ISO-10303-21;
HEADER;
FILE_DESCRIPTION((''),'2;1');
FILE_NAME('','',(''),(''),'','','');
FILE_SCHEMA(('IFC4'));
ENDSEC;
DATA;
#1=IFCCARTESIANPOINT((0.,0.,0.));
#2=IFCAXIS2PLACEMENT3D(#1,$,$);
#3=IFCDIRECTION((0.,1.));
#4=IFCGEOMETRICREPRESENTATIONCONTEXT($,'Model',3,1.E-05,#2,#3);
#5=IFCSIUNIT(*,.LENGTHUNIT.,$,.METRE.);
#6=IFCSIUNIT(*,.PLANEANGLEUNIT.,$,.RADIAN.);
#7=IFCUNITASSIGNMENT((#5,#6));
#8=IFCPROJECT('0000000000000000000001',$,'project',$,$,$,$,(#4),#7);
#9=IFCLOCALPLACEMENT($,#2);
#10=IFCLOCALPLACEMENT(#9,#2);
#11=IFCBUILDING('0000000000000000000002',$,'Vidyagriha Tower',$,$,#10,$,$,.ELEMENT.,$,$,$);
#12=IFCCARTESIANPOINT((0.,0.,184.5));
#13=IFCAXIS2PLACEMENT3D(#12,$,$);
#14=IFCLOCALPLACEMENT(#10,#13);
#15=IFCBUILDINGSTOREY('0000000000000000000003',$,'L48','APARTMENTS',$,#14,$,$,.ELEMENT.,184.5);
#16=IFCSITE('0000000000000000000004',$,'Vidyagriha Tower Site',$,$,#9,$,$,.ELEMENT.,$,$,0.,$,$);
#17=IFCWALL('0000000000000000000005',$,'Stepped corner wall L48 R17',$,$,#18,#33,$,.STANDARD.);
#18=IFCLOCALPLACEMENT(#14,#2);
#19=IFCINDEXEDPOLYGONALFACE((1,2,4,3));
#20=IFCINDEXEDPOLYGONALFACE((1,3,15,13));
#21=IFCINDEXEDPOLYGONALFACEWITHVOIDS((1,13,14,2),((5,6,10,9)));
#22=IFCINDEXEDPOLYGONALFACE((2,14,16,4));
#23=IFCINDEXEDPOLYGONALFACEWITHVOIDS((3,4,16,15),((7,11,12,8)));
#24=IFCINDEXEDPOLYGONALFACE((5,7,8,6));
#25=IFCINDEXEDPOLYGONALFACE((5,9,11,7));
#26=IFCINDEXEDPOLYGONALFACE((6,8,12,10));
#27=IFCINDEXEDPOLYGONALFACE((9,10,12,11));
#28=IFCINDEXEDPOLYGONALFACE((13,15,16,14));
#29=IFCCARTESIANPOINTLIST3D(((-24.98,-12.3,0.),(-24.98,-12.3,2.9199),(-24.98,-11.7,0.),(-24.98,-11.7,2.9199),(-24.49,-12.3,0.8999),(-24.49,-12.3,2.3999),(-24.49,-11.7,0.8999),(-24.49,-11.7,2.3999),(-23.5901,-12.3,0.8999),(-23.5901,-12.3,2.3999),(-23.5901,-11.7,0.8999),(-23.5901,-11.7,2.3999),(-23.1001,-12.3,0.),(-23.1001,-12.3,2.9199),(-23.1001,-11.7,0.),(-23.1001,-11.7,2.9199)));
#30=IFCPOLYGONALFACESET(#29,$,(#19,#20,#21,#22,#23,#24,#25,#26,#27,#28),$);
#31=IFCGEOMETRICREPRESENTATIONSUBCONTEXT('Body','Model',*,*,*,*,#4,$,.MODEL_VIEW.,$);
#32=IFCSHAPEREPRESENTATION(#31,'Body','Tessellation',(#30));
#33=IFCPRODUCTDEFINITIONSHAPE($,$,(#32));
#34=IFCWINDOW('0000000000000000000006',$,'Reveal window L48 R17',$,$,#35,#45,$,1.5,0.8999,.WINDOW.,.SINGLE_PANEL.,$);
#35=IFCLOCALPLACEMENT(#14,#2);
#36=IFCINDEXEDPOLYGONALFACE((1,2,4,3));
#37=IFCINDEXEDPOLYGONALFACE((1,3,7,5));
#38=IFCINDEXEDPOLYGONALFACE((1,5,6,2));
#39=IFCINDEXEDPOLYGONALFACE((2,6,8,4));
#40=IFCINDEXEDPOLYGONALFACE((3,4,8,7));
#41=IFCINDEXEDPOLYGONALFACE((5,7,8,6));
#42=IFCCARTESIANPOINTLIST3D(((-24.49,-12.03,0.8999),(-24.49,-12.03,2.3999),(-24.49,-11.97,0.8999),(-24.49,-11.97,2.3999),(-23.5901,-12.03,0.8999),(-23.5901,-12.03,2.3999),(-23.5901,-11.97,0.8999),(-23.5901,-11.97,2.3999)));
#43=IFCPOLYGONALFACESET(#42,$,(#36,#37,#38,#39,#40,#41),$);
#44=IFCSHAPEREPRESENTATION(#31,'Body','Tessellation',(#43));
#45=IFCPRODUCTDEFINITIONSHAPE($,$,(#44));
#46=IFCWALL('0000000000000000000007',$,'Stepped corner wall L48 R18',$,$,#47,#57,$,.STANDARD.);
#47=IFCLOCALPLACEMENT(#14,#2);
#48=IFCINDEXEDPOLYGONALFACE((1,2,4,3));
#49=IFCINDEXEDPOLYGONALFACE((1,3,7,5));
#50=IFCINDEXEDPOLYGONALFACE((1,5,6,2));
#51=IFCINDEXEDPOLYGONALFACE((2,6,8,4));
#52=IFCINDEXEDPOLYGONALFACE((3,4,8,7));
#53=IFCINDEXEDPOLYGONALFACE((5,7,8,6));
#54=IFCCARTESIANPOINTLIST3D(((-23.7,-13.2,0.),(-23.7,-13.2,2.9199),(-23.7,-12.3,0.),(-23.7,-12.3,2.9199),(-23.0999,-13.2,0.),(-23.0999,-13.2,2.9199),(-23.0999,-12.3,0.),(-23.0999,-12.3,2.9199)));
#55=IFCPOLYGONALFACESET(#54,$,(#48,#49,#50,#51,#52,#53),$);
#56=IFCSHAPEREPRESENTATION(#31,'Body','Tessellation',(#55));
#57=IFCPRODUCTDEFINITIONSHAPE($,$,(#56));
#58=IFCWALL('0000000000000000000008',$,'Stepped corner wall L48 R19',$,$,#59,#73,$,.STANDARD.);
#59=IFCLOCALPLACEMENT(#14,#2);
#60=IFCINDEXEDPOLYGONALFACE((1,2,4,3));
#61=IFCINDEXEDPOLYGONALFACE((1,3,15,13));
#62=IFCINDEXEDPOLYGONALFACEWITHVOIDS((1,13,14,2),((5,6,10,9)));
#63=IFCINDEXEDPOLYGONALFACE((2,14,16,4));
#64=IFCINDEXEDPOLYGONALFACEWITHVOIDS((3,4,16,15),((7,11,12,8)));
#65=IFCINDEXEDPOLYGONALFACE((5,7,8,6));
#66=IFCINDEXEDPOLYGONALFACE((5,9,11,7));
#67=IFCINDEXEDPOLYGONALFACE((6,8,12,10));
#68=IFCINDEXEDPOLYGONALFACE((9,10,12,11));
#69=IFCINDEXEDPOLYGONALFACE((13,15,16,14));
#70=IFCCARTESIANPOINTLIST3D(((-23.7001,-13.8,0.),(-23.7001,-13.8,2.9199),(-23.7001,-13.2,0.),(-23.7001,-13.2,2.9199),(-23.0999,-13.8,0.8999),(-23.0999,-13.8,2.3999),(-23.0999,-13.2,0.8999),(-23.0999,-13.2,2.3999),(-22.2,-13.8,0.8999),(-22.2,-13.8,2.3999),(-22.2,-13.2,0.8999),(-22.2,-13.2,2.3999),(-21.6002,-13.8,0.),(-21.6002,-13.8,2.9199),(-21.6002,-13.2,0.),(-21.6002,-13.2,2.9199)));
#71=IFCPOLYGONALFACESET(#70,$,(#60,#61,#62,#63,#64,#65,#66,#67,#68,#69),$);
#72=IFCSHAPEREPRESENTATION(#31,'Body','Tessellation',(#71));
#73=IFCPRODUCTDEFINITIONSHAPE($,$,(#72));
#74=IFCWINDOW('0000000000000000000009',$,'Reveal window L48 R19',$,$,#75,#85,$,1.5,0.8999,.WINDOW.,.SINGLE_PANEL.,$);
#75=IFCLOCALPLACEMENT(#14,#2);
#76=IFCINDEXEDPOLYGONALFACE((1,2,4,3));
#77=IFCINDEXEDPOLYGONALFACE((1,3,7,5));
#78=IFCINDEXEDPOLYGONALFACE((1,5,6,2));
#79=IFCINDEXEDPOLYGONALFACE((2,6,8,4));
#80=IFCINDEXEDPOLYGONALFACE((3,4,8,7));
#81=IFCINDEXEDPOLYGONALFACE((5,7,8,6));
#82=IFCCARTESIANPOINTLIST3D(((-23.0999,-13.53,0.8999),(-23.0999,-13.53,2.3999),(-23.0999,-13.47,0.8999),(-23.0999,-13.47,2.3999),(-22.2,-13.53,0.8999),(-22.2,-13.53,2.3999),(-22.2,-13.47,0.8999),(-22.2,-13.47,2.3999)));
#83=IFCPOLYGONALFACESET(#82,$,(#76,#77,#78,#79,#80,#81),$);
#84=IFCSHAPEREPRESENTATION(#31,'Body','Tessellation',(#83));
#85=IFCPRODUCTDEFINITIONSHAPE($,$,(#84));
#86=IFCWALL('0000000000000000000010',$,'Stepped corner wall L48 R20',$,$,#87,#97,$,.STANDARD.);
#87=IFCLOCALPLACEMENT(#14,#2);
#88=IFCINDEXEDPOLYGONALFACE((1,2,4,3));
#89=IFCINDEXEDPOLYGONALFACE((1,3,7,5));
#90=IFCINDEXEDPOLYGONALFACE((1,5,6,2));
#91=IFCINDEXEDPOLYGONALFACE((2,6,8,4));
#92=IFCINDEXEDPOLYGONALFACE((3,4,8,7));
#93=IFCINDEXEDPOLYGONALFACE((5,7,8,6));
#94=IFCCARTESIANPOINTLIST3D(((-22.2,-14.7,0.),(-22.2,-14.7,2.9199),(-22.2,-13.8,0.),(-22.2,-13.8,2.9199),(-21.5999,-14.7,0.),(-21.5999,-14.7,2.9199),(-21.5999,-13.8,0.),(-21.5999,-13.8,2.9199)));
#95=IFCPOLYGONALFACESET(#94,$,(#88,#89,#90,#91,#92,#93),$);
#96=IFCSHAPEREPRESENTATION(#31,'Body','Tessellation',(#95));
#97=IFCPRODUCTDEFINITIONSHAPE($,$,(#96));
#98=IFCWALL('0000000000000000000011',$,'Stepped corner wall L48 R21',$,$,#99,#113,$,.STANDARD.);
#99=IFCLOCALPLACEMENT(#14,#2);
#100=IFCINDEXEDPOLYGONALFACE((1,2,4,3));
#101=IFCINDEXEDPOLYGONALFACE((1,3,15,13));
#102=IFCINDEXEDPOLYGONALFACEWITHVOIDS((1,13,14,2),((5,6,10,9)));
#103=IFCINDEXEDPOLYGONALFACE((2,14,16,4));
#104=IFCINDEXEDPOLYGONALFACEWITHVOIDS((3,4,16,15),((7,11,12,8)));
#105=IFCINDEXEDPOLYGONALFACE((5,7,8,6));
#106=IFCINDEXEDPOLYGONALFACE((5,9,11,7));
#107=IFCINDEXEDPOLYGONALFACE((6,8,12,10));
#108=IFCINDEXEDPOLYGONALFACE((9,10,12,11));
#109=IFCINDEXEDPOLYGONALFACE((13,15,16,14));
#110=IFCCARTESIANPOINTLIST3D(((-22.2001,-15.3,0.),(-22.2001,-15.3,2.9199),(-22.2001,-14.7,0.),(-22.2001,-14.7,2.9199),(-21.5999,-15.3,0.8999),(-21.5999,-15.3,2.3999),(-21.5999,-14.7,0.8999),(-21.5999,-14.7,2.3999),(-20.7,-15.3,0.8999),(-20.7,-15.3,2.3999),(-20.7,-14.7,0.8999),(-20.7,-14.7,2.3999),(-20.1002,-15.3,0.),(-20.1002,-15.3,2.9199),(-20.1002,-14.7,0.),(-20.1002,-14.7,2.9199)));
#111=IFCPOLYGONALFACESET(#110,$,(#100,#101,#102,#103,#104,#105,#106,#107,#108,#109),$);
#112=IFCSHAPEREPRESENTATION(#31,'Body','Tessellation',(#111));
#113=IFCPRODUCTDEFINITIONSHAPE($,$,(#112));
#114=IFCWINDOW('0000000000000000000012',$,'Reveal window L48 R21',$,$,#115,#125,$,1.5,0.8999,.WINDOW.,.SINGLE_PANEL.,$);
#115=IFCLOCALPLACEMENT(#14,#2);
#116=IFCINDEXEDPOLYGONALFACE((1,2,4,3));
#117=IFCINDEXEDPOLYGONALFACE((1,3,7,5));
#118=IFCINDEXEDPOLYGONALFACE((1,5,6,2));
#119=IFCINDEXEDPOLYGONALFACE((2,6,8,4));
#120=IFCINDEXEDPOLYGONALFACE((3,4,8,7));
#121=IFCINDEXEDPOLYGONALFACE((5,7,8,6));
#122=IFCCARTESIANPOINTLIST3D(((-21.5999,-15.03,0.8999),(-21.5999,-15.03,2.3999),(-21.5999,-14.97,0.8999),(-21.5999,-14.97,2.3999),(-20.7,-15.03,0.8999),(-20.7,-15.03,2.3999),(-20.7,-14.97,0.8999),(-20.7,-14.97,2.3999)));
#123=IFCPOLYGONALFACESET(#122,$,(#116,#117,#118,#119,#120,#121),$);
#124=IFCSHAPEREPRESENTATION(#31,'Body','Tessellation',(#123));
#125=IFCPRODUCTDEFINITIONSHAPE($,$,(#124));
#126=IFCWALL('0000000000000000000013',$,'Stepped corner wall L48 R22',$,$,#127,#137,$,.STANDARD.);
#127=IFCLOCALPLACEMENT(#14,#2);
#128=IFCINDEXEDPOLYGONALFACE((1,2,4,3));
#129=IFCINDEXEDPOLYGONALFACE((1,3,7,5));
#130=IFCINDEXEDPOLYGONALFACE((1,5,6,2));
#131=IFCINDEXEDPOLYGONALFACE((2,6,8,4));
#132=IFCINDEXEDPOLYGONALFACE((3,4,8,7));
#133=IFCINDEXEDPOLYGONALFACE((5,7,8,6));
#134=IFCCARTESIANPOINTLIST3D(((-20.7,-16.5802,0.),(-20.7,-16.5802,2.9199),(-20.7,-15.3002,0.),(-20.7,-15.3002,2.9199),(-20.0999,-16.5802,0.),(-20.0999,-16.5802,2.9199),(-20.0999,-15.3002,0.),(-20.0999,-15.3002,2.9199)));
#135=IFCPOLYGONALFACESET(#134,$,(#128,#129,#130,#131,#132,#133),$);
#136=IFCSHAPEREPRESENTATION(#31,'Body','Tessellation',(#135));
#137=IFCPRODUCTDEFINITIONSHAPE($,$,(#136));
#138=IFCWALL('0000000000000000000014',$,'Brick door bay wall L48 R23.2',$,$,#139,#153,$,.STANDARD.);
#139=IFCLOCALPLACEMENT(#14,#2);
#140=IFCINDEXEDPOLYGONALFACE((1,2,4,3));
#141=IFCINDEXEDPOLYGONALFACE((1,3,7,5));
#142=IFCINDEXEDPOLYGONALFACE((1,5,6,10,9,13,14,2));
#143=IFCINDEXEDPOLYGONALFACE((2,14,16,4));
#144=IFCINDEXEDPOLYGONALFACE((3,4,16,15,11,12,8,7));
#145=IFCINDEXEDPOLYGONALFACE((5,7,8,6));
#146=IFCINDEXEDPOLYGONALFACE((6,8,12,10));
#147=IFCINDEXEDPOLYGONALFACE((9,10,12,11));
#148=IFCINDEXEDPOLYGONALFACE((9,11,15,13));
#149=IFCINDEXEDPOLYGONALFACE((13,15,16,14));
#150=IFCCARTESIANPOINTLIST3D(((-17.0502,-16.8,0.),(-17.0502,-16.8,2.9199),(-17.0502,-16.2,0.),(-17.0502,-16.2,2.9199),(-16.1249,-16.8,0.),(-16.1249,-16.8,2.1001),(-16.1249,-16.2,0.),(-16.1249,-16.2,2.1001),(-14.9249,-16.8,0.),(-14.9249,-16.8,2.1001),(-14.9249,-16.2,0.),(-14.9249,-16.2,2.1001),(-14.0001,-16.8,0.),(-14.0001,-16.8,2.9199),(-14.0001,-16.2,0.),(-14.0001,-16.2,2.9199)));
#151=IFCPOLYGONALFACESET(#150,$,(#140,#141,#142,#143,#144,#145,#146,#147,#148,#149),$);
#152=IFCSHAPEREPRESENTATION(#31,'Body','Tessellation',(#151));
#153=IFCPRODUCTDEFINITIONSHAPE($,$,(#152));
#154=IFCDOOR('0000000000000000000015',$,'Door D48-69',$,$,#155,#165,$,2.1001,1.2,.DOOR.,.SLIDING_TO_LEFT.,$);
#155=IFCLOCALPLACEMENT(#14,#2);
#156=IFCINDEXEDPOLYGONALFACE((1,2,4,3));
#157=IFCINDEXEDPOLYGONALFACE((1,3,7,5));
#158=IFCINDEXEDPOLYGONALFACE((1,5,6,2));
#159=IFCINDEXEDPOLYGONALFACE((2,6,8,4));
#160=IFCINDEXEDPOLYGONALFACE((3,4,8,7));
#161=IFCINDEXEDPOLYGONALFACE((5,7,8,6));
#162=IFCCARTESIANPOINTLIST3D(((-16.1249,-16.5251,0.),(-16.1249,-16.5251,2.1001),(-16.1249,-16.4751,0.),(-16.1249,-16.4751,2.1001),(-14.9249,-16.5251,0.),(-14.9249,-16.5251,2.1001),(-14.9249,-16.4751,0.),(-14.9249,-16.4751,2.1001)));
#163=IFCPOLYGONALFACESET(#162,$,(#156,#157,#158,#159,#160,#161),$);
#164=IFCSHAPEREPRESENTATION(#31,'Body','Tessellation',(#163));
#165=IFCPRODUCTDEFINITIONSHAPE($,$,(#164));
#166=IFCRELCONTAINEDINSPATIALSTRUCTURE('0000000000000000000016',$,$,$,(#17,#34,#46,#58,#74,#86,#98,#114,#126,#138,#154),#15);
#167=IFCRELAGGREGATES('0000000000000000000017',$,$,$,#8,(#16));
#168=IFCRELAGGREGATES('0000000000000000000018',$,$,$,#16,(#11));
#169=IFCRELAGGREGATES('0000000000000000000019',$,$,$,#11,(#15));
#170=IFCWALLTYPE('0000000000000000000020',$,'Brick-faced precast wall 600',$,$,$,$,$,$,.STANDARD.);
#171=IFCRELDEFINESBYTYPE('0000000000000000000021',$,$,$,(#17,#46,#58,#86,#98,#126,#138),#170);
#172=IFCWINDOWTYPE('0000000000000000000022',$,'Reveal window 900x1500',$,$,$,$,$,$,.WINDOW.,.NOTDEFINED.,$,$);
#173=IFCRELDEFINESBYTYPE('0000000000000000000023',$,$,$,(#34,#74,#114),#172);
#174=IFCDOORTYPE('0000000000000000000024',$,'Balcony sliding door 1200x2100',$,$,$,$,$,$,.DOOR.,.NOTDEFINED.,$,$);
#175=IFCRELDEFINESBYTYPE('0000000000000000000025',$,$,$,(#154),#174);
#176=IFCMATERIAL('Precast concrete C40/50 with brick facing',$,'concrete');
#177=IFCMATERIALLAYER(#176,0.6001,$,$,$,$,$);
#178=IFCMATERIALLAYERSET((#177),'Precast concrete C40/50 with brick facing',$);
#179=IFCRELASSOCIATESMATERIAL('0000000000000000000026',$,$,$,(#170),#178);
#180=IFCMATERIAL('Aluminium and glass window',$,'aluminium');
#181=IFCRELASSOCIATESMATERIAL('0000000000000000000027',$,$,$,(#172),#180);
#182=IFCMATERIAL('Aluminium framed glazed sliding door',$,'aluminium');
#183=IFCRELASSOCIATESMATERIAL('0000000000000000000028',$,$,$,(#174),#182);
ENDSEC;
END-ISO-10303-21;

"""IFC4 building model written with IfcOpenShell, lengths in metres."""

from ifc_helpers import new_model, si_unit, direction, frame, frame_2d, origin, place, context, subcontext, project, spatial, rectangle, extrude, material, layer, layer_set, type_object, element, fill, save


model = new_model("IFC4")

# Units and contexts
model_context = context("Model", 3, precision=1e-05, world=origin(), true_north=direction((0.0, 1.0)))
body_context = subcontext(model_context, "Body", "Model", "MODEL_VIEW")
ifc_project = project(units=[si_unit("LENGTHUNIT", "METRE"), si_unit("PLANEANGLEUNIT", "RADIAN")], contexts=[model_context])

# Site, building, storey
site_placement = place(None, origin())
site = spatial("IfcSite", under=ifc_project, at=site_placement, Name="Vidyagriha Tower Site", CompositionType="ELEMENT", RefElevation=0.0)
building_placement = place(site_placement, origin())
building = spatial("IfcBuilding", under=site, at=building_placement, Name="Vidyagriha Tower", CompositionType="ELEMENT")
storey_placement = place(building_placement, frame((0.0, 0.0, 184.5)))
storey = spatial("IfcBuildingStorey", under=building, at=storey_placement, Name="L48", Description="APARTMENTS", CompositionType="ELEMENT", Elevation=184.5)

# Wall, opening, window
ifc_material_1 = material(Name="Precast concrete C40/50 with brick facing", Category="concrete")
ifc_layer_1 = layer(ifc_material_1, 0.6001)
ifc_layer_set_1 = layer_set([ifc_layer_1], Name="Precast concrete C40/50 with brick facing")
wall_type = type_object("IfcWallType", Name="Brick-faced precast wall 600", PredefinedType="STANDARD", material=ifc_layer_set_1)
wall_1_placement = place(storey_placement, frame((-24.98, -12.0, 0.0)))
wall_1 = element("IfcWall", 1, at=wall_1_placement, inside=storey, type_object=wall_type, Name="Stepped corner wall L48 R17", PredefinedType="STANDARD", context=body_context, shape_type="SweptSolid", body=[
    extrude(rectangle(XDim=1.8799, YDim=0.6001, at=frame_2d((0.9399, 0.0))), origin(), (0.0, 0.0, 1.0), 2.9199),
])
opening_1_placement = place(wall_1_placement, frame((0.49, 0.0, 0.8999)))
opening_1 = element("IfcOpeningElement", 2, at=opening_1_placement, cuts=wall_1, PredefinedType="OPENING", context=body_context, shape_type="SweptSolid", body=[
    extrude(rectangle(XDim=0.8999, YDim=1.5, at=frame_2d((0.45, 0.75))), frame((0.0, 0.3101, 0.0), z_axis=(0.0, -1.0, 0.0), x_axis=(1.0, 0.0, 0.0)), (0.0, 0.0, 1.0), 0.6201),
])
ifc_material_2 = material(Name="Aluminium and glass window", Category="aluminium")
window_type = type_object("IfcWindowType", Name="Reveal window 900x1500", PartitioningType="NOTDEFINED", PredefinedType="WINDOW", material=ifc_material_2)
window_1_placement = place(opening_1_placement, origin())
window_1 = element("IfcWindow", 3, at=window_1_placement, inside=storey, type_object=window_type, Name="Reveal window L48 R17", OverallHeight=1.5, OverallWidth=0.8999, PartitioningType="SINGLE_PANEL", PredefinedType="WINDOW", context=body_context, shape_type="SweptSolid", body=[
    extrude(rectangle(XDim=0.8999, YDim=1.5, at=frame_2d((0.45, 0.75))), frame((0.0, 0.03, 0.0), z_axis=(0.0, -1.0, 0.0), x_axis=(1.0, 0.0, 0.0)), (0.0, 0.0, 1.0), 0.0601),
])
fill(opening_1, window_1)

# Wall
wall_2_placement = place(storey_placement, frame((-23.3999, -12.3, 0.0), z_axis=(0.0, 0.0, 1.0), x_axis=(0.0, -1.0, 0.0)))
element("IfcWall", 4, at=wall_2_placement, inside=storey, type_object=wall_type, Name="Stepped corner wall L48 R18", PredefinedType="STANDARD", context=body_context, shape_type="SweptSolid", body=[
    extrude(rectangle(XDim=0.8999, YDim=0.6001, at=frame_2d((0.45, 0.0))), origin(), (0.0, 0.0, 1.0), 2.9199),
])

# Wall, opening, window
wall_3_placement = place(storey_placement, frame((-23.7, -13.5, 0.0)))
wall_3 = element("IfcWall", 5, at=wall_3_placement, inside=storey, type_object=wall_type, Name="Stepped corner wall L48 R19", PredefinedType="STANDARD", context=body_context, shape_type="SweptSolid", body=[
    extrude(rectangle(XDim=2.0999, YDim=0.6001, at=frame_2d((1.0498, 0.0))), origin(), (0.0, 0.0, 1.0), 2.9199),
])
opening_2_placement = place(wall_3_placement, frame((0.6001, 0.0, 0.8999)))
opening_2 = element("IfcOpeningElement", 6, at=opening_2_placement, cuts=wall_3, PredefinedType="OPENING", context=body_context, shape_type="SweptSolid", body=[
    extrude(rectangle(XDim=0.8999, YDim=1.5, at=frame_2d((0.45, 0.75))), frame((0.0, 0.3101, 0.0), z_axis=(0.0, -1.0, 0.0), x_axis=(1.0, 0.0, 0.0)), (0.0, 0.0, 1.0), 0.6201),
])
window_2_placement = place(opening_2_placement, origin())
window_2 = element("IfcWindow", 7, at=window_2_placement, inside=storey, type_object=window_type, Name="Reveal window L48 R19", OverallHeight=1.5, OverallWidth=0.8999, PartitioningType="SINGLE_PANEL", PredefinedType="WINDOW", context=body_context, shape_type="SweptSolid", body=[
    extrude(rectangle(XDim=0.8999, YDim=1.5, at=frame_2d((0.45, 0.75))), frame((0.0, 0.03, 0.0), z_axis=(0.0, -1.0, 0.0), x_axis=(1.0, 0.0, 0.0)), (0.0, 0.0, 1.0), 0.0601),
])
fill(opening_2, window_2)

# Wall
wall_4_placement = place(storey_placement, frame((-21.8999, -13.8, 0.0), z_axis=(0.0, 0.0, 1.0), x_axis=(0.0, -1.0, 0.0)))
element("IfcWall", 8, at=wall_4_placement, inside=storey, type_object=wall_type, Name="Stepped corner wall L48 R20", PredefinedType="STANDARD", context=body_context, shape_type="SweptSolid", body=[
    extrude(rectangle(XDim=0.8999, YDim=0.6001, at=frame_2d((0.45, 0.0))), origin(), (0.0, 0.0, 1.0), 2.9199),
])

# Wall, opening, window
wall_5_placement = place(storey_placement, frame((-22.2, -15.0, 0.0)))
wall_5 = element("IfcWall", 9, at=wall_5_placement, inside=storey, type_object=wall_type, Name="Stepped corner wall L48 R21", PredefinedType="STANDARD", context=body_context, shape_type="SweptSolid", body=[
    extrude(rectangle(XDim=2.0999, YDim=0.6001, at=frame_2d((1.0498, 0.0))), origin(), (0.0, 0.0, 1.0), 2.9199),
])
opening_3_placement = place(wall_5_placement, frame((0.6001, 0.0, 0.8999)))
opening_3 = element("IfcOpeningElement", 10, at=opening_3_placement, cuts=wall_5, PredefinedType="OPENING", context=body_context, shape_type="SweptSolid", body=[
    extrude(rectangle(XDim=0.8999, YDim=1.5, at=frame_2d((0.45, 0.75))), frame((0.0, 0.3101, 0.0), z_axis=(0.0, -1.0, 0.0), x_axis=(1.0, 0.0, 0.0)), (0.0, 0.0, 1.0), 0.6201),
])
window_3_placement = place(opening_3_placement, origin())
window_3 = element("IfcWindow", 11, at=window_3_placement, inside=storey, type_object=window_type, Name="Reveal window L48 R21", OverallHeight=1.5, OverallWidth=0.8999, PartitioningType="SINGLE_PANEL", PredefinedType="WINDOW", context=body_context, shape_type="SweptSolid", body=[
    extrude(rectangle(XDim=0.8999, YDim=1.5, at=frame_2d((0.45, 0.75))), frame((0.0, 0.03, 0.0), z_axis=(0.0, -1.0, 0.0), x_axis=(1.0, 0.0, 0.0)), (0.0, 0.0, 1.0), 0.0601),
])
fill(opening_3, window_3)

# Wall
wall_6_placement = place(storey_placement, frame((-20.3999, -15.3, 0.0), z_axis=(0.0, 0.0, 1.0), x_axis=(0.0, -1.0, 0.0)))
element("IfcWall", 12, at=wall_6_placement, inside=storey, type_object=wall_type, Name="Stepped corner wall L48 R22", PredefinedType="STANDARD", context=body_context, shape_type="SweptSolid", body=[
    extrude(rectangle(XDim=1.28, YDim=0.6001, at=frame_2d((0.6401, 0.0))), origin(), (0.0, 0.0, 1.0), 2.9199),
])

# Wall, opening, door
wall_7_placement = place(storey_placement, frame((-17.05, -16.5, 0.0)))
wall_7 = element("IfcWall", 13, at=wall_7_placement, inside=storey, type_object=wall_type, Name="Brick door bay wall L48 R23.2", PredefinedType="STANDARD", context=body_context, shape_type="SweptSolid", body=[
    extrude(rectangle(XDim=3.05, YDim=0.6001, at=frame_2d((1.5249, 0.0))), origin(), (0.0, 0.0, 1.0), 2.9199),
])
opening_4_placement = place(wall_7_placement, frame((0.925, 0.0, 0.0)))
opening_4 = element("IfcOpeningElement", 14, at=opening_4_placement, cuts=wall_7, PredefinedType="OPENING", context=body_context, shape_type="SweptSolid", body=[
    extrude(rectangle(XDim=1.2, YDim=2.1001, at=frame_2d((0.6001, 1.05))), frame((0.0, 0.3101, 0.0), z_axis=(0.0, -1.0, 0.0), x_axis=(1.0, 0.0, 0.0)), (0.0, 0.0, 1.0), 0.6201),
])
ifc_material_3 = material(Name="Aluminium framed glazed sliding door", Category="aluminium")
door_type = type_object("IfcDoorType", Name="Balcony sliding door 1200x2100", OperationType="NOTDEFINED", PredefinedType="DOOR", material=ifc_material_3)
door_placement = place(opening_4_placement, origin())
door = element("IfcDoor", 15, at=door_placement, inside=storey, type_object=door_type, Name="Door D48-69", OperationType="SLIDING_TO_LEFT", OverallHeight=2.1001, OverallWidth=1.2, PredefinedType="DOOR", context=body_context, shape_type="SweptSolid", body=[
    extrude(rectangle(XDim=1.2, YDim=2.1001, at=frame_2d((0.6001, 1.05))), frame((0.0, 0.0249, 0.0), z_axis=(0.0, -1.0, 0.0), x_axis=(1.0, 0.0, 0.0)), (0.0, 0.0, 1.0), 0.05),
])
fill(opening_4, door)

save(model, "model.ifc")
